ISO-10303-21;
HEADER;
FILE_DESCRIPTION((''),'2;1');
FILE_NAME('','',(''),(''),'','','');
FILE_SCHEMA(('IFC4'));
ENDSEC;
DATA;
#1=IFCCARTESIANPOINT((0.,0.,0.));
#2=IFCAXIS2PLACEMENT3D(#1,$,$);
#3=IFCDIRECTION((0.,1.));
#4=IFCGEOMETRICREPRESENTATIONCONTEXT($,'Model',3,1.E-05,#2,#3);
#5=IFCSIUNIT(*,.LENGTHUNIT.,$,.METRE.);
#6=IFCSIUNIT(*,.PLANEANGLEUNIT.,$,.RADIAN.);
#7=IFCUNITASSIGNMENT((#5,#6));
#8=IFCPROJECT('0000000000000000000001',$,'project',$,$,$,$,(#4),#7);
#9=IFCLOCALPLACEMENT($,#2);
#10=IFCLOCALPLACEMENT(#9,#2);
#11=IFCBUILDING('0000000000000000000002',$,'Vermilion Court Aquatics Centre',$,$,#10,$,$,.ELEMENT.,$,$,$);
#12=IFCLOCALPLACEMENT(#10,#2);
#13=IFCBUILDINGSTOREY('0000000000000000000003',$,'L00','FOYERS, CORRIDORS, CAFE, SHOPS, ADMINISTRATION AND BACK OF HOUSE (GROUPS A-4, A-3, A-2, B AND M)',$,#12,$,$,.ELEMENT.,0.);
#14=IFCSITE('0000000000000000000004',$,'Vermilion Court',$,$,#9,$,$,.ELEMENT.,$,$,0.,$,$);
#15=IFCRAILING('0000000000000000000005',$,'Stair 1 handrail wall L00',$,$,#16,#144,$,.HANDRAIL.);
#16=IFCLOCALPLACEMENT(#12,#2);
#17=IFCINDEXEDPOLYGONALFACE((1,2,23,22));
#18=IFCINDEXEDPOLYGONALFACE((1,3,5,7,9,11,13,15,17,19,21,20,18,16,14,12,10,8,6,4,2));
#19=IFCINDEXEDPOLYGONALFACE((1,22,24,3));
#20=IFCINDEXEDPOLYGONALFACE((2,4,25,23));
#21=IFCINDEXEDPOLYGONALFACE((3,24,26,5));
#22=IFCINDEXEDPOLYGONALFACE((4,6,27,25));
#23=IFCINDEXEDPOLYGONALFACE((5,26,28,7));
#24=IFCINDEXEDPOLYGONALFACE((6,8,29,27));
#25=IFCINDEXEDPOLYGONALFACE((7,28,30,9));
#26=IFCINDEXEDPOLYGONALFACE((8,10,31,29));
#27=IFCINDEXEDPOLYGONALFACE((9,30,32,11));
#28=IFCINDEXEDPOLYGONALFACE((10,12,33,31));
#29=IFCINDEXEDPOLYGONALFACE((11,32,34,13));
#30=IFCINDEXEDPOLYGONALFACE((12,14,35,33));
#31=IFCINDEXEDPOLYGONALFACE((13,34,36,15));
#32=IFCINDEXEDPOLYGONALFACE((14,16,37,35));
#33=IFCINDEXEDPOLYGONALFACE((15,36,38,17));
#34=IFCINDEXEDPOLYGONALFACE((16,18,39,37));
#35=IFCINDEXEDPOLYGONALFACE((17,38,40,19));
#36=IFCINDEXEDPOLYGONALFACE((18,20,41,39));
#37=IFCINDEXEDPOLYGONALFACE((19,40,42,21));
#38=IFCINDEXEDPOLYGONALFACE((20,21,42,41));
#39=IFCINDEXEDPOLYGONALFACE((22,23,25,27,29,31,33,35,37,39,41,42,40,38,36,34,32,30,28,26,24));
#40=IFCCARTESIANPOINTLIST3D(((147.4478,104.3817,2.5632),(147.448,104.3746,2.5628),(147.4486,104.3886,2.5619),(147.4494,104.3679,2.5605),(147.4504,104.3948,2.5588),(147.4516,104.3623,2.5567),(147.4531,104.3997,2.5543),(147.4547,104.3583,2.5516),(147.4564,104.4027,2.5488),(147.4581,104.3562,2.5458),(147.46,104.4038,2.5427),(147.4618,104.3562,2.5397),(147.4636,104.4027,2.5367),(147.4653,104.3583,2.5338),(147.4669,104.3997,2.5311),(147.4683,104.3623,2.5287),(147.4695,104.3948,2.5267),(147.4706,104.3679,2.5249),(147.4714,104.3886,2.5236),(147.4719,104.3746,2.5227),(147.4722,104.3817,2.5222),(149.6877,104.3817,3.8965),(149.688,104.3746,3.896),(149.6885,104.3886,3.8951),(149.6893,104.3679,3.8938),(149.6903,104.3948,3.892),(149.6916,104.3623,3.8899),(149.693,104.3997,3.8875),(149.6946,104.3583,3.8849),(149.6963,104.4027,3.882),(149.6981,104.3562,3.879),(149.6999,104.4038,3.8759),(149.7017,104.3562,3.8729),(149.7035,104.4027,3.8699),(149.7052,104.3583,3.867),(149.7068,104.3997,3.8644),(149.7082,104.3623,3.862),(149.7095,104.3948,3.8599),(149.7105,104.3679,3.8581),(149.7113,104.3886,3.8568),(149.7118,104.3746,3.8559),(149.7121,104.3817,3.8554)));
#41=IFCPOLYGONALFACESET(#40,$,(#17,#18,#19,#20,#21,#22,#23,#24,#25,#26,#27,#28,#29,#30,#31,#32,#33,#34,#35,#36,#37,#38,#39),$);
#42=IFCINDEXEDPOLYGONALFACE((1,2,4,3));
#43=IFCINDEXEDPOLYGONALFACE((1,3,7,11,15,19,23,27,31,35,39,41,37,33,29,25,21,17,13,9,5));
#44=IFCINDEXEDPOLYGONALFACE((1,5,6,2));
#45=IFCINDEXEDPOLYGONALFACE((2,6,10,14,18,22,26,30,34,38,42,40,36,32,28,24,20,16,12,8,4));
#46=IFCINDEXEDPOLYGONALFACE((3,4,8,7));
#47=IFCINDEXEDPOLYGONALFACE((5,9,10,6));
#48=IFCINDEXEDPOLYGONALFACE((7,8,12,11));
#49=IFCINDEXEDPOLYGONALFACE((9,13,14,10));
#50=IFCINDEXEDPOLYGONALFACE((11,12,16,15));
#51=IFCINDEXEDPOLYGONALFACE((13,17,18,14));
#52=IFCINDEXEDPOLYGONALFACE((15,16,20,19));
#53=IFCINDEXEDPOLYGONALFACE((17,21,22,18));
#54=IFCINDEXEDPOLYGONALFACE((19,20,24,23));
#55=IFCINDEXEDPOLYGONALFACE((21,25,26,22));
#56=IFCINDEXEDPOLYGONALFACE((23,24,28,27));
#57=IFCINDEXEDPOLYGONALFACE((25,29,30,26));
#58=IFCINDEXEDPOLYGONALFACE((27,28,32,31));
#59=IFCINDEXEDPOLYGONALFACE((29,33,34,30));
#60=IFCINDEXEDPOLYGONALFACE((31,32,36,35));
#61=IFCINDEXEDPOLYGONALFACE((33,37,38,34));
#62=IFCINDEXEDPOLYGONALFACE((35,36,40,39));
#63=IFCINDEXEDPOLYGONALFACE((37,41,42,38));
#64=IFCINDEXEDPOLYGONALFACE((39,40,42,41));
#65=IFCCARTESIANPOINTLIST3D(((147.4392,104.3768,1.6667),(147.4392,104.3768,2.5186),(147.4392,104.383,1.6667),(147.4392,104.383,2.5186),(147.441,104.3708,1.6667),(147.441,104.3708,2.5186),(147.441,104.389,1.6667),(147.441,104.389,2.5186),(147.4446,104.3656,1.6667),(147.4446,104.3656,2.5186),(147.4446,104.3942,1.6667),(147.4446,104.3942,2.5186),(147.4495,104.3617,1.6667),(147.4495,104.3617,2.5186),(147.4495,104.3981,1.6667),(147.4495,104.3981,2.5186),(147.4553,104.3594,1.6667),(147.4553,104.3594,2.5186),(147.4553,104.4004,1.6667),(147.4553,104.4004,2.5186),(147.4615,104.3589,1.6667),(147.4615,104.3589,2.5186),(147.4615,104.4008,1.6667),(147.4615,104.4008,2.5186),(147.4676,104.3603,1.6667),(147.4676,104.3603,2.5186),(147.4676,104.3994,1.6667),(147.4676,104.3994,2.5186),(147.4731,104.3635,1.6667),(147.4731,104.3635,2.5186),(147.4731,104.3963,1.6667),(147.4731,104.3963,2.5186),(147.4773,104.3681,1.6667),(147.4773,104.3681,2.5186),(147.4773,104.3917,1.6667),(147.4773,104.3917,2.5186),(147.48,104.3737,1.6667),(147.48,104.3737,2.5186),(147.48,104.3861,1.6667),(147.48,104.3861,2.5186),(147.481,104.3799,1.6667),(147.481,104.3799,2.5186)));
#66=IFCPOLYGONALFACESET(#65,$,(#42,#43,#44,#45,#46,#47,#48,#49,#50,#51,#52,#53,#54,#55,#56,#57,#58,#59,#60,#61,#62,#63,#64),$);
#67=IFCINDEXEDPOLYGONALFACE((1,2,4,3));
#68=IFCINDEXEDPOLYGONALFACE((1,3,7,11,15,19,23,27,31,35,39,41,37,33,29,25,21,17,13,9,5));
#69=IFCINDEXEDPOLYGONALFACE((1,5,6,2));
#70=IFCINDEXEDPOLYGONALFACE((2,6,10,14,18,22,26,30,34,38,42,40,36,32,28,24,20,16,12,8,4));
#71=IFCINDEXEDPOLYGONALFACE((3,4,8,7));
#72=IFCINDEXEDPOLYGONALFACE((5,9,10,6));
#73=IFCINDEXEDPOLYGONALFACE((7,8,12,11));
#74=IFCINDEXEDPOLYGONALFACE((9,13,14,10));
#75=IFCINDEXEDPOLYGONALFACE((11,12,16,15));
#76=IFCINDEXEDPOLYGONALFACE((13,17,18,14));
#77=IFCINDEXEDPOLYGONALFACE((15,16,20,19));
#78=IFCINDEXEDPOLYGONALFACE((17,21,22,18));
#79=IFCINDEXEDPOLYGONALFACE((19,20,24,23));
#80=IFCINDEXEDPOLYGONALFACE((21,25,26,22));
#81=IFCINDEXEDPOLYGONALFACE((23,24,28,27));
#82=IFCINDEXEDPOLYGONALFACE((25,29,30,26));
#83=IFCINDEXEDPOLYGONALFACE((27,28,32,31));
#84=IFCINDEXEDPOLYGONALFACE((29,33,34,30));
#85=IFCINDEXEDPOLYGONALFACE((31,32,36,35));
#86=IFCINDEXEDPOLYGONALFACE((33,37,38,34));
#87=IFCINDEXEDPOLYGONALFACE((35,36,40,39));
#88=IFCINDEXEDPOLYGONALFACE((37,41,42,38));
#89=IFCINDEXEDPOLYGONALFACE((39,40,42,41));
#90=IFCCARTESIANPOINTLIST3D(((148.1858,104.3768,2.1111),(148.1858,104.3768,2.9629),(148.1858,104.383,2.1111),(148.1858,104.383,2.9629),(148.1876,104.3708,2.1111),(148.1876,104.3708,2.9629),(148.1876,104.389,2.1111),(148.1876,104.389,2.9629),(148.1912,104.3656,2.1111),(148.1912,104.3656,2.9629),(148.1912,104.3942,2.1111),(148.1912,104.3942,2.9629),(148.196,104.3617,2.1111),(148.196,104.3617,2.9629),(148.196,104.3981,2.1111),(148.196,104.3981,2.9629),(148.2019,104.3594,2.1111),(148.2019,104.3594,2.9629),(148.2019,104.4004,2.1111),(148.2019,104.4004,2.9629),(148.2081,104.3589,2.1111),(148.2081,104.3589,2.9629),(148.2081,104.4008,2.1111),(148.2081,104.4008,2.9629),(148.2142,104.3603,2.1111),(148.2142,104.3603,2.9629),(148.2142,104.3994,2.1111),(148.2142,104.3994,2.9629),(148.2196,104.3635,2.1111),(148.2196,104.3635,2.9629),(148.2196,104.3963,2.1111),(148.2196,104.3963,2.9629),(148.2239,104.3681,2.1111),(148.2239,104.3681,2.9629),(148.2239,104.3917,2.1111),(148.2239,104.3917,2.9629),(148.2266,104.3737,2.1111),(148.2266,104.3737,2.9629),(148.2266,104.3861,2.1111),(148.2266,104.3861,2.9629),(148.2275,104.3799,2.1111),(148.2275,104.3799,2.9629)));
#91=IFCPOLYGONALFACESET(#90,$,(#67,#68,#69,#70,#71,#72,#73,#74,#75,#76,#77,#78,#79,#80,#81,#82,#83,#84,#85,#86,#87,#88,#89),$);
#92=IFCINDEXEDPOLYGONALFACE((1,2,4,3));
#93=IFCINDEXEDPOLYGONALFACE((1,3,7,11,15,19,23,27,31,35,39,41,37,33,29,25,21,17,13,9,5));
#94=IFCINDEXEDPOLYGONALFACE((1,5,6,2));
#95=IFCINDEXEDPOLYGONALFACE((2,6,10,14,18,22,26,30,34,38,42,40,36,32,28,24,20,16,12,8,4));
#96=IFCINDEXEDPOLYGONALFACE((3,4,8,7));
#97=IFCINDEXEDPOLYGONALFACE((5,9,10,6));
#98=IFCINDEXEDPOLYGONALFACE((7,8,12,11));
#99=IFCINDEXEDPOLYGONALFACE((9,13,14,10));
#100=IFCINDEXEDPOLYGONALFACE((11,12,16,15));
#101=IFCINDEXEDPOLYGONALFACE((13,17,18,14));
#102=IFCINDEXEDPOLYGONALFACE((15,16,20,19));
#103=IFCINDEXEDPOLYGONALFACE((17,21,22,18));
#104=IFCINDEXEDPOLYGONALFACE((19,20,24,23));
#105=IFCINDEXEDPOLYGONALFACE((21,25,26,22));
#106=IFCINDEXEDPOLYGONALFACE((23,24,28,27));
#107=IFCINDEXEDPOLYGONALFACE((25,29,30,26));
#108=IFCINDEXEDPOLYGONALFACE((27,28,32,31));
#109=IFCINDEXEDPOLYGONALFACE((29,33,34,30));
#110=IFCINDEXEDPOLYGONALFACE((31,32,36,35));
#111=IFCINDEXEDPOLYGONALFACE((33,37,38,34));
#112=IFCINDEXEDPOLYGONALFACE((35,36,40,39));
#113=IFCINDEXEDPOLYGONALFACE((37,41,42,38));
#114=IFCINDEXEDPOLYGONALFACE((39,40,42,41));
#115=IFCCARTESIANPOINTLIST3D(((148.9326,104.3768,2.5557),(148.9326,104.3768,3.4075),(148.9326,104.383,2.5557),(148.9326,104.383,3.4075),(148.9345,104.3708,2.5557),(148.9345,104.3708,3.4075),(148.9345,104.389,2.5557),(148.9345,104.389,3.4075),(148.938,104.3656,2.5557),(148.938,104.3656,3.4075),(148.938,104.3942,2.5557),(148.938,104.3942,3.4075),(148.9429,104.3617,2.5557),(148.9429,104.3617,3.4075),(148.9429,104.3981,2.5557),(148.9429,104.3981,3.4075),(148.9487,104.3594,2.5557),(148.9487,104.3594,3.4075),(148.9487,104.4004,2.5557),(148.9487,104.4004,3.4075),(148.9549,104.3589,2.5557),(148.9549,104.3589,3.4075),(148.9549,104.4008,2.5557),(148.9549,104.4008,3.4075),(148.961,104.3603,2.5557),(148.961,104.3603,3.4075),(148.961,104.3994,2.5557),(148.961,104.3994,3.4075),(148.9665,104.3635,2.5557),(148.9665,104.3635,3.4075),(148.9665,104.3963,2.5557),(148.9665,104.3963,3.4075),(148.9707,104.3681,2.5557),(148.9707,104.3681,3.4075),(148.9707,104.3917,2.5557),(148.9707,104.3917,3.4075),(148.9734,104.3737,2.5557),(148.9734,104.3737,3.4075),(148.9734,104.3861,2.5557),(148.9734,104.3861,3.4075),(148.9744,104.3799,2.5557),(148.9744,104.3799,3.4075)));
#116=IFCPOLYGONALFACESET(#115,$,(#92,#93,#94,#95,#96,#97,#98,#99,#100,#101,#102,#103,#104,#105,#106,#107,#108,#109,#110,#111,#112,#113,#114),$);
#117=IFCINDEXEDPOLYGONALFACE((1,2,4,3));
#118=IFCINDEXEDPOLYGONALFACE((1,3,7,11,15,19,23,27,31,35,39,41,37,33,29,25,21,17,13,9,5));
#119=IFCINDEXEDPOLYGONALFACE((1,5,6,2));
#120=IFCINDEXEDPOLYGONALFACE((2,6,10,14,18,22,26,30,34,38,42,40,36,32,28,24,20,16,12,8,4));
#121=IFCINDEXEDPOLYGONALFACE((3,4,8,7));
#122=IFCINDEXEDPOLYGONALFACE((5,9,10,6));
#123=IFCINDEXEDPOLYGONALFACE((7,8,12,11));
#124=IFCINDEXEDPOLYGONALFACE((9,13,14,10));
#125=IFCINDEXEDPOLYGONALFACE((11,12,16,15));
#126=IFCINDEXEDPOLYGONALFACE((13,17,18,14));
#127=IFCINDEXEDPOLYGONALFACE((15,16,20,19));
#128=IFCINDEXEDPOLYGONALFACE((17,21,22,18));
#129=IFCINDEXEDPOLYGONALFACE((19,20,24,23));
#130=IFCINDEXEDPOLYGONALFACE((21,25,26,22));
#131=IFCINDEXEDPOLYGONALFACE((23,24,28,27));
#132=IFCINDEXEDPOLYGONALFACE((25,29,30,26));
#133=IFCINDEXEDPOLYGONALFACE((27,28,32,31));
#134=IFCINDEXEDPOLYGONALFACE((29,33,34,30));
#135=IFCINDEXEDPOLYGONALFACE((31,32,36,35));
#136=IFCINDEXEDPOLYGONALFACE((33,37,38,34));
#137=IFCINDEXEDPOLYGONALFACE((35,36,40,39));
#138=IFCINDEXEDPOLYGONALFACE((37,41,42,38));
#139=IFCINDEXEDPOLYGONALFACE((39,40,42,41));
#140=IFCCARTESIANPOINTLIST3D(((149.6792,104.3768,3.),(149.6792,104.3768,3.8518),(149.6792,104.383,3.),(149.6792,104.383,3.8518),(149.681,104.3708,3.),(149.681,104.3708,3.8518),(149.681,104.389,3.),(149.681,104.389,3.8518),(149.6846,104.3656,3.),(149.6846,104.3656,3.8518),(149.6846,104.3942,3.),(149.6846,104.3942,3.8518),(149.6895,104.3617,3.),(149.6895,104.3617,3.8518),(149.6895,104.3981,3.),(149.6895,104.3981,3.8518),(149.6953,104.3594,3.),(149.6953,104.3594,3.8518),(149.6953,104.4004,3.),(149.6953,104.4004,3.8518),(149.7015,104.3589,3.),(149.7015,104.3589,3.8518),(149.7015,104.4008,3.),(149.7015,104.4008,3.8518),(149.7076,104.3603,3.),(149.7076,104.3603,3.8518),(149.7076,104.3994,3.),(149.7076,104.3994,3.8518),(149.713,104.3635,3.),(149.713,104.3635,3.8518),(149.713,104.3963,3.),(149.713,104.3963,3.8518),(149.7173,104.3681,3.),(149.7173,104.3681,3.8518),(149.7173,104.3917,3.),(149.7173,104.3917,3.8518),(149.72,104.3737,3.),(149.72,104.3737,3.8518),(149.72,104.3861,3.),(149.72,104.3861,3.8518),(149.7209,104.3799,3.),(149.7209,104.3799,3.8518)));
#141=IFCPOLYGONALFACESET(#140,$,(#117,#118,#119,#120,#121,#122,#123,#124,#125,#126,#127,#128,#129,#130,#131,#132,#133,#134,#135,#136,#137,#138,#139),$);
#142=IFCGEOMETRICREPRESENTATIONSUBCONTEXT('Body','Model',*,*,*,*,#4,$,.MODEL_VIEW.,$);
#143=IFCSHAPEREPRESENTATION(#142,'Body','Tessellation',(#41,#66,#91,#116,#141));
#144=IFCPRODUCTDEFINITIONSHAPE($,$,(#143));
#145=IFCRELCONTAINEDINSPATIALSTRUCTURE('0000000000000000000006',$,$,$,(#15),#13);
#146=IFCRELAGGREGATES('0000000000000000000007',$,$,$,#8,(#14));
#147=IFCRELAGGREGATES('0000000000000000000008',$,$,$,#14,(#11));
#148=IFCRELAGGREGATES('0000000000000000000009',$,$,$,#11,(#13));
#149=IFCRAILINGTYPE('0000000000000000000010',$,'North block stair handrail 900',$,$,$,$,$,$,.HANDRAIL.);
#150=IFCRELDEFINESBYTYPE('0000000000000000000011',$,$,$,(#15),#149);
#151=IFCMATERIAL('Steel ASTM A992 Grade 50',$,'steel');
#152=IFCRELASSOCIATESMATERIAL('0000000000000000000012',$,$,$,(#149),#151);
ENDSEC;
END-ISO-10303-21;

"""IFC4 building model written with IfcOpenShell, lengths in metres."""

from ifc_helpers import new_model, si_unit, direction, frame, origin, origin_2d, place, context, subcontext, project, spatial, circle, extrude, material, type_object, element, save


model = new_model("IFC4")

# Units and contexts
model_context = context("Model", 3, precision=1e-05, world=origin(), true_north=direction((0.0, 1.0)))
body_context = subcontext(model_context, "Body", "Model", "MODEL_VIEW")
ifc_project = project(units=[si_unit("LENGTHUNIT", "METRE"), si_unit("PLANEANGLEUNIT", "RADIAN")], contexts=[model_context])

# Site, building, storey
site_placement = place(None, origin())
site = spatial("IfcSite", under=ifc_project, at=site_placement, Name="Vermilion Court", CompositionType="ELEMENT", RefElevation=0.0)
building_placement = place(site_placement, origin())
building = spatial("IfcBuilding", under=site, at=building_placement, Name="Vermilion Court Aquatics Centre", CompositionType="ELEMENT")
storey_placement = place(building_placement, origin())
storey = spatial("IfcBuildingStorey", under=building, at=storey_placement, Name="L00", Description="FOYERS, CORRIDORS, CAFE, SHOPS, ADMINISTRATION AND BACK OF HOUSE (GROUPS A-4, A-3, A-2, B AND M)", CompositionType="ELEMENT", Elevation=0.0)

# Railing
ifc_material_1 = material(Name="Steel ASTM A992 Grade 50", Category="steel")
railing_type_1 = type_object("IfcRailingType", Name="North block stair handrail 900", PredefinedType="HANDRAIL", material=ifc_material_1)
for number, where, name in (
    (1, (147.46, 104.3799, 1.6667), "Stair 1 handrail wall L00"),
):
    element("IfcRailing", number, at=place(storey_placement, frame(where)), inside=storey, type_object=railing_type_1, Name=name, PredefinedType="HANDRAIL", context=body_context, shape_type="SweptSolid", body=[
        extrude(circle(Radius=0.0239, at=origin_2d()), frame((0.0, 0.0, 0.876), z_axis=(0.859306, 0.0, 0.511462), x_axis=(0.0, 1.0, 0.0)), (0.0, 0.0, 1.0), 2.6067),
        extrude(circle(Radius=0.021, at=origin_2d()), origin(), (0.0, 0.0, 1.0), 0.8518),
        extrude(circle(Radius=0.021, at=origin_2d()), frame((0.7466, 0.0, 0.4443)), (0.0, 0.0, 1.0), 0.8518),
        extrude(circle(Radius=0.021, at=origin_2d()), frame((1.4934, 0.0, 0.8889)), (0.0, 0.0, 1.0), 0.8518),
        extrude(circle(Radius=0.021, at=origin_2d()), frame((2.24, 0.0, 1.3333)), (0.0, 0.0, 1.0), 0.8518),
    ])

save(model, "model.ifc")
